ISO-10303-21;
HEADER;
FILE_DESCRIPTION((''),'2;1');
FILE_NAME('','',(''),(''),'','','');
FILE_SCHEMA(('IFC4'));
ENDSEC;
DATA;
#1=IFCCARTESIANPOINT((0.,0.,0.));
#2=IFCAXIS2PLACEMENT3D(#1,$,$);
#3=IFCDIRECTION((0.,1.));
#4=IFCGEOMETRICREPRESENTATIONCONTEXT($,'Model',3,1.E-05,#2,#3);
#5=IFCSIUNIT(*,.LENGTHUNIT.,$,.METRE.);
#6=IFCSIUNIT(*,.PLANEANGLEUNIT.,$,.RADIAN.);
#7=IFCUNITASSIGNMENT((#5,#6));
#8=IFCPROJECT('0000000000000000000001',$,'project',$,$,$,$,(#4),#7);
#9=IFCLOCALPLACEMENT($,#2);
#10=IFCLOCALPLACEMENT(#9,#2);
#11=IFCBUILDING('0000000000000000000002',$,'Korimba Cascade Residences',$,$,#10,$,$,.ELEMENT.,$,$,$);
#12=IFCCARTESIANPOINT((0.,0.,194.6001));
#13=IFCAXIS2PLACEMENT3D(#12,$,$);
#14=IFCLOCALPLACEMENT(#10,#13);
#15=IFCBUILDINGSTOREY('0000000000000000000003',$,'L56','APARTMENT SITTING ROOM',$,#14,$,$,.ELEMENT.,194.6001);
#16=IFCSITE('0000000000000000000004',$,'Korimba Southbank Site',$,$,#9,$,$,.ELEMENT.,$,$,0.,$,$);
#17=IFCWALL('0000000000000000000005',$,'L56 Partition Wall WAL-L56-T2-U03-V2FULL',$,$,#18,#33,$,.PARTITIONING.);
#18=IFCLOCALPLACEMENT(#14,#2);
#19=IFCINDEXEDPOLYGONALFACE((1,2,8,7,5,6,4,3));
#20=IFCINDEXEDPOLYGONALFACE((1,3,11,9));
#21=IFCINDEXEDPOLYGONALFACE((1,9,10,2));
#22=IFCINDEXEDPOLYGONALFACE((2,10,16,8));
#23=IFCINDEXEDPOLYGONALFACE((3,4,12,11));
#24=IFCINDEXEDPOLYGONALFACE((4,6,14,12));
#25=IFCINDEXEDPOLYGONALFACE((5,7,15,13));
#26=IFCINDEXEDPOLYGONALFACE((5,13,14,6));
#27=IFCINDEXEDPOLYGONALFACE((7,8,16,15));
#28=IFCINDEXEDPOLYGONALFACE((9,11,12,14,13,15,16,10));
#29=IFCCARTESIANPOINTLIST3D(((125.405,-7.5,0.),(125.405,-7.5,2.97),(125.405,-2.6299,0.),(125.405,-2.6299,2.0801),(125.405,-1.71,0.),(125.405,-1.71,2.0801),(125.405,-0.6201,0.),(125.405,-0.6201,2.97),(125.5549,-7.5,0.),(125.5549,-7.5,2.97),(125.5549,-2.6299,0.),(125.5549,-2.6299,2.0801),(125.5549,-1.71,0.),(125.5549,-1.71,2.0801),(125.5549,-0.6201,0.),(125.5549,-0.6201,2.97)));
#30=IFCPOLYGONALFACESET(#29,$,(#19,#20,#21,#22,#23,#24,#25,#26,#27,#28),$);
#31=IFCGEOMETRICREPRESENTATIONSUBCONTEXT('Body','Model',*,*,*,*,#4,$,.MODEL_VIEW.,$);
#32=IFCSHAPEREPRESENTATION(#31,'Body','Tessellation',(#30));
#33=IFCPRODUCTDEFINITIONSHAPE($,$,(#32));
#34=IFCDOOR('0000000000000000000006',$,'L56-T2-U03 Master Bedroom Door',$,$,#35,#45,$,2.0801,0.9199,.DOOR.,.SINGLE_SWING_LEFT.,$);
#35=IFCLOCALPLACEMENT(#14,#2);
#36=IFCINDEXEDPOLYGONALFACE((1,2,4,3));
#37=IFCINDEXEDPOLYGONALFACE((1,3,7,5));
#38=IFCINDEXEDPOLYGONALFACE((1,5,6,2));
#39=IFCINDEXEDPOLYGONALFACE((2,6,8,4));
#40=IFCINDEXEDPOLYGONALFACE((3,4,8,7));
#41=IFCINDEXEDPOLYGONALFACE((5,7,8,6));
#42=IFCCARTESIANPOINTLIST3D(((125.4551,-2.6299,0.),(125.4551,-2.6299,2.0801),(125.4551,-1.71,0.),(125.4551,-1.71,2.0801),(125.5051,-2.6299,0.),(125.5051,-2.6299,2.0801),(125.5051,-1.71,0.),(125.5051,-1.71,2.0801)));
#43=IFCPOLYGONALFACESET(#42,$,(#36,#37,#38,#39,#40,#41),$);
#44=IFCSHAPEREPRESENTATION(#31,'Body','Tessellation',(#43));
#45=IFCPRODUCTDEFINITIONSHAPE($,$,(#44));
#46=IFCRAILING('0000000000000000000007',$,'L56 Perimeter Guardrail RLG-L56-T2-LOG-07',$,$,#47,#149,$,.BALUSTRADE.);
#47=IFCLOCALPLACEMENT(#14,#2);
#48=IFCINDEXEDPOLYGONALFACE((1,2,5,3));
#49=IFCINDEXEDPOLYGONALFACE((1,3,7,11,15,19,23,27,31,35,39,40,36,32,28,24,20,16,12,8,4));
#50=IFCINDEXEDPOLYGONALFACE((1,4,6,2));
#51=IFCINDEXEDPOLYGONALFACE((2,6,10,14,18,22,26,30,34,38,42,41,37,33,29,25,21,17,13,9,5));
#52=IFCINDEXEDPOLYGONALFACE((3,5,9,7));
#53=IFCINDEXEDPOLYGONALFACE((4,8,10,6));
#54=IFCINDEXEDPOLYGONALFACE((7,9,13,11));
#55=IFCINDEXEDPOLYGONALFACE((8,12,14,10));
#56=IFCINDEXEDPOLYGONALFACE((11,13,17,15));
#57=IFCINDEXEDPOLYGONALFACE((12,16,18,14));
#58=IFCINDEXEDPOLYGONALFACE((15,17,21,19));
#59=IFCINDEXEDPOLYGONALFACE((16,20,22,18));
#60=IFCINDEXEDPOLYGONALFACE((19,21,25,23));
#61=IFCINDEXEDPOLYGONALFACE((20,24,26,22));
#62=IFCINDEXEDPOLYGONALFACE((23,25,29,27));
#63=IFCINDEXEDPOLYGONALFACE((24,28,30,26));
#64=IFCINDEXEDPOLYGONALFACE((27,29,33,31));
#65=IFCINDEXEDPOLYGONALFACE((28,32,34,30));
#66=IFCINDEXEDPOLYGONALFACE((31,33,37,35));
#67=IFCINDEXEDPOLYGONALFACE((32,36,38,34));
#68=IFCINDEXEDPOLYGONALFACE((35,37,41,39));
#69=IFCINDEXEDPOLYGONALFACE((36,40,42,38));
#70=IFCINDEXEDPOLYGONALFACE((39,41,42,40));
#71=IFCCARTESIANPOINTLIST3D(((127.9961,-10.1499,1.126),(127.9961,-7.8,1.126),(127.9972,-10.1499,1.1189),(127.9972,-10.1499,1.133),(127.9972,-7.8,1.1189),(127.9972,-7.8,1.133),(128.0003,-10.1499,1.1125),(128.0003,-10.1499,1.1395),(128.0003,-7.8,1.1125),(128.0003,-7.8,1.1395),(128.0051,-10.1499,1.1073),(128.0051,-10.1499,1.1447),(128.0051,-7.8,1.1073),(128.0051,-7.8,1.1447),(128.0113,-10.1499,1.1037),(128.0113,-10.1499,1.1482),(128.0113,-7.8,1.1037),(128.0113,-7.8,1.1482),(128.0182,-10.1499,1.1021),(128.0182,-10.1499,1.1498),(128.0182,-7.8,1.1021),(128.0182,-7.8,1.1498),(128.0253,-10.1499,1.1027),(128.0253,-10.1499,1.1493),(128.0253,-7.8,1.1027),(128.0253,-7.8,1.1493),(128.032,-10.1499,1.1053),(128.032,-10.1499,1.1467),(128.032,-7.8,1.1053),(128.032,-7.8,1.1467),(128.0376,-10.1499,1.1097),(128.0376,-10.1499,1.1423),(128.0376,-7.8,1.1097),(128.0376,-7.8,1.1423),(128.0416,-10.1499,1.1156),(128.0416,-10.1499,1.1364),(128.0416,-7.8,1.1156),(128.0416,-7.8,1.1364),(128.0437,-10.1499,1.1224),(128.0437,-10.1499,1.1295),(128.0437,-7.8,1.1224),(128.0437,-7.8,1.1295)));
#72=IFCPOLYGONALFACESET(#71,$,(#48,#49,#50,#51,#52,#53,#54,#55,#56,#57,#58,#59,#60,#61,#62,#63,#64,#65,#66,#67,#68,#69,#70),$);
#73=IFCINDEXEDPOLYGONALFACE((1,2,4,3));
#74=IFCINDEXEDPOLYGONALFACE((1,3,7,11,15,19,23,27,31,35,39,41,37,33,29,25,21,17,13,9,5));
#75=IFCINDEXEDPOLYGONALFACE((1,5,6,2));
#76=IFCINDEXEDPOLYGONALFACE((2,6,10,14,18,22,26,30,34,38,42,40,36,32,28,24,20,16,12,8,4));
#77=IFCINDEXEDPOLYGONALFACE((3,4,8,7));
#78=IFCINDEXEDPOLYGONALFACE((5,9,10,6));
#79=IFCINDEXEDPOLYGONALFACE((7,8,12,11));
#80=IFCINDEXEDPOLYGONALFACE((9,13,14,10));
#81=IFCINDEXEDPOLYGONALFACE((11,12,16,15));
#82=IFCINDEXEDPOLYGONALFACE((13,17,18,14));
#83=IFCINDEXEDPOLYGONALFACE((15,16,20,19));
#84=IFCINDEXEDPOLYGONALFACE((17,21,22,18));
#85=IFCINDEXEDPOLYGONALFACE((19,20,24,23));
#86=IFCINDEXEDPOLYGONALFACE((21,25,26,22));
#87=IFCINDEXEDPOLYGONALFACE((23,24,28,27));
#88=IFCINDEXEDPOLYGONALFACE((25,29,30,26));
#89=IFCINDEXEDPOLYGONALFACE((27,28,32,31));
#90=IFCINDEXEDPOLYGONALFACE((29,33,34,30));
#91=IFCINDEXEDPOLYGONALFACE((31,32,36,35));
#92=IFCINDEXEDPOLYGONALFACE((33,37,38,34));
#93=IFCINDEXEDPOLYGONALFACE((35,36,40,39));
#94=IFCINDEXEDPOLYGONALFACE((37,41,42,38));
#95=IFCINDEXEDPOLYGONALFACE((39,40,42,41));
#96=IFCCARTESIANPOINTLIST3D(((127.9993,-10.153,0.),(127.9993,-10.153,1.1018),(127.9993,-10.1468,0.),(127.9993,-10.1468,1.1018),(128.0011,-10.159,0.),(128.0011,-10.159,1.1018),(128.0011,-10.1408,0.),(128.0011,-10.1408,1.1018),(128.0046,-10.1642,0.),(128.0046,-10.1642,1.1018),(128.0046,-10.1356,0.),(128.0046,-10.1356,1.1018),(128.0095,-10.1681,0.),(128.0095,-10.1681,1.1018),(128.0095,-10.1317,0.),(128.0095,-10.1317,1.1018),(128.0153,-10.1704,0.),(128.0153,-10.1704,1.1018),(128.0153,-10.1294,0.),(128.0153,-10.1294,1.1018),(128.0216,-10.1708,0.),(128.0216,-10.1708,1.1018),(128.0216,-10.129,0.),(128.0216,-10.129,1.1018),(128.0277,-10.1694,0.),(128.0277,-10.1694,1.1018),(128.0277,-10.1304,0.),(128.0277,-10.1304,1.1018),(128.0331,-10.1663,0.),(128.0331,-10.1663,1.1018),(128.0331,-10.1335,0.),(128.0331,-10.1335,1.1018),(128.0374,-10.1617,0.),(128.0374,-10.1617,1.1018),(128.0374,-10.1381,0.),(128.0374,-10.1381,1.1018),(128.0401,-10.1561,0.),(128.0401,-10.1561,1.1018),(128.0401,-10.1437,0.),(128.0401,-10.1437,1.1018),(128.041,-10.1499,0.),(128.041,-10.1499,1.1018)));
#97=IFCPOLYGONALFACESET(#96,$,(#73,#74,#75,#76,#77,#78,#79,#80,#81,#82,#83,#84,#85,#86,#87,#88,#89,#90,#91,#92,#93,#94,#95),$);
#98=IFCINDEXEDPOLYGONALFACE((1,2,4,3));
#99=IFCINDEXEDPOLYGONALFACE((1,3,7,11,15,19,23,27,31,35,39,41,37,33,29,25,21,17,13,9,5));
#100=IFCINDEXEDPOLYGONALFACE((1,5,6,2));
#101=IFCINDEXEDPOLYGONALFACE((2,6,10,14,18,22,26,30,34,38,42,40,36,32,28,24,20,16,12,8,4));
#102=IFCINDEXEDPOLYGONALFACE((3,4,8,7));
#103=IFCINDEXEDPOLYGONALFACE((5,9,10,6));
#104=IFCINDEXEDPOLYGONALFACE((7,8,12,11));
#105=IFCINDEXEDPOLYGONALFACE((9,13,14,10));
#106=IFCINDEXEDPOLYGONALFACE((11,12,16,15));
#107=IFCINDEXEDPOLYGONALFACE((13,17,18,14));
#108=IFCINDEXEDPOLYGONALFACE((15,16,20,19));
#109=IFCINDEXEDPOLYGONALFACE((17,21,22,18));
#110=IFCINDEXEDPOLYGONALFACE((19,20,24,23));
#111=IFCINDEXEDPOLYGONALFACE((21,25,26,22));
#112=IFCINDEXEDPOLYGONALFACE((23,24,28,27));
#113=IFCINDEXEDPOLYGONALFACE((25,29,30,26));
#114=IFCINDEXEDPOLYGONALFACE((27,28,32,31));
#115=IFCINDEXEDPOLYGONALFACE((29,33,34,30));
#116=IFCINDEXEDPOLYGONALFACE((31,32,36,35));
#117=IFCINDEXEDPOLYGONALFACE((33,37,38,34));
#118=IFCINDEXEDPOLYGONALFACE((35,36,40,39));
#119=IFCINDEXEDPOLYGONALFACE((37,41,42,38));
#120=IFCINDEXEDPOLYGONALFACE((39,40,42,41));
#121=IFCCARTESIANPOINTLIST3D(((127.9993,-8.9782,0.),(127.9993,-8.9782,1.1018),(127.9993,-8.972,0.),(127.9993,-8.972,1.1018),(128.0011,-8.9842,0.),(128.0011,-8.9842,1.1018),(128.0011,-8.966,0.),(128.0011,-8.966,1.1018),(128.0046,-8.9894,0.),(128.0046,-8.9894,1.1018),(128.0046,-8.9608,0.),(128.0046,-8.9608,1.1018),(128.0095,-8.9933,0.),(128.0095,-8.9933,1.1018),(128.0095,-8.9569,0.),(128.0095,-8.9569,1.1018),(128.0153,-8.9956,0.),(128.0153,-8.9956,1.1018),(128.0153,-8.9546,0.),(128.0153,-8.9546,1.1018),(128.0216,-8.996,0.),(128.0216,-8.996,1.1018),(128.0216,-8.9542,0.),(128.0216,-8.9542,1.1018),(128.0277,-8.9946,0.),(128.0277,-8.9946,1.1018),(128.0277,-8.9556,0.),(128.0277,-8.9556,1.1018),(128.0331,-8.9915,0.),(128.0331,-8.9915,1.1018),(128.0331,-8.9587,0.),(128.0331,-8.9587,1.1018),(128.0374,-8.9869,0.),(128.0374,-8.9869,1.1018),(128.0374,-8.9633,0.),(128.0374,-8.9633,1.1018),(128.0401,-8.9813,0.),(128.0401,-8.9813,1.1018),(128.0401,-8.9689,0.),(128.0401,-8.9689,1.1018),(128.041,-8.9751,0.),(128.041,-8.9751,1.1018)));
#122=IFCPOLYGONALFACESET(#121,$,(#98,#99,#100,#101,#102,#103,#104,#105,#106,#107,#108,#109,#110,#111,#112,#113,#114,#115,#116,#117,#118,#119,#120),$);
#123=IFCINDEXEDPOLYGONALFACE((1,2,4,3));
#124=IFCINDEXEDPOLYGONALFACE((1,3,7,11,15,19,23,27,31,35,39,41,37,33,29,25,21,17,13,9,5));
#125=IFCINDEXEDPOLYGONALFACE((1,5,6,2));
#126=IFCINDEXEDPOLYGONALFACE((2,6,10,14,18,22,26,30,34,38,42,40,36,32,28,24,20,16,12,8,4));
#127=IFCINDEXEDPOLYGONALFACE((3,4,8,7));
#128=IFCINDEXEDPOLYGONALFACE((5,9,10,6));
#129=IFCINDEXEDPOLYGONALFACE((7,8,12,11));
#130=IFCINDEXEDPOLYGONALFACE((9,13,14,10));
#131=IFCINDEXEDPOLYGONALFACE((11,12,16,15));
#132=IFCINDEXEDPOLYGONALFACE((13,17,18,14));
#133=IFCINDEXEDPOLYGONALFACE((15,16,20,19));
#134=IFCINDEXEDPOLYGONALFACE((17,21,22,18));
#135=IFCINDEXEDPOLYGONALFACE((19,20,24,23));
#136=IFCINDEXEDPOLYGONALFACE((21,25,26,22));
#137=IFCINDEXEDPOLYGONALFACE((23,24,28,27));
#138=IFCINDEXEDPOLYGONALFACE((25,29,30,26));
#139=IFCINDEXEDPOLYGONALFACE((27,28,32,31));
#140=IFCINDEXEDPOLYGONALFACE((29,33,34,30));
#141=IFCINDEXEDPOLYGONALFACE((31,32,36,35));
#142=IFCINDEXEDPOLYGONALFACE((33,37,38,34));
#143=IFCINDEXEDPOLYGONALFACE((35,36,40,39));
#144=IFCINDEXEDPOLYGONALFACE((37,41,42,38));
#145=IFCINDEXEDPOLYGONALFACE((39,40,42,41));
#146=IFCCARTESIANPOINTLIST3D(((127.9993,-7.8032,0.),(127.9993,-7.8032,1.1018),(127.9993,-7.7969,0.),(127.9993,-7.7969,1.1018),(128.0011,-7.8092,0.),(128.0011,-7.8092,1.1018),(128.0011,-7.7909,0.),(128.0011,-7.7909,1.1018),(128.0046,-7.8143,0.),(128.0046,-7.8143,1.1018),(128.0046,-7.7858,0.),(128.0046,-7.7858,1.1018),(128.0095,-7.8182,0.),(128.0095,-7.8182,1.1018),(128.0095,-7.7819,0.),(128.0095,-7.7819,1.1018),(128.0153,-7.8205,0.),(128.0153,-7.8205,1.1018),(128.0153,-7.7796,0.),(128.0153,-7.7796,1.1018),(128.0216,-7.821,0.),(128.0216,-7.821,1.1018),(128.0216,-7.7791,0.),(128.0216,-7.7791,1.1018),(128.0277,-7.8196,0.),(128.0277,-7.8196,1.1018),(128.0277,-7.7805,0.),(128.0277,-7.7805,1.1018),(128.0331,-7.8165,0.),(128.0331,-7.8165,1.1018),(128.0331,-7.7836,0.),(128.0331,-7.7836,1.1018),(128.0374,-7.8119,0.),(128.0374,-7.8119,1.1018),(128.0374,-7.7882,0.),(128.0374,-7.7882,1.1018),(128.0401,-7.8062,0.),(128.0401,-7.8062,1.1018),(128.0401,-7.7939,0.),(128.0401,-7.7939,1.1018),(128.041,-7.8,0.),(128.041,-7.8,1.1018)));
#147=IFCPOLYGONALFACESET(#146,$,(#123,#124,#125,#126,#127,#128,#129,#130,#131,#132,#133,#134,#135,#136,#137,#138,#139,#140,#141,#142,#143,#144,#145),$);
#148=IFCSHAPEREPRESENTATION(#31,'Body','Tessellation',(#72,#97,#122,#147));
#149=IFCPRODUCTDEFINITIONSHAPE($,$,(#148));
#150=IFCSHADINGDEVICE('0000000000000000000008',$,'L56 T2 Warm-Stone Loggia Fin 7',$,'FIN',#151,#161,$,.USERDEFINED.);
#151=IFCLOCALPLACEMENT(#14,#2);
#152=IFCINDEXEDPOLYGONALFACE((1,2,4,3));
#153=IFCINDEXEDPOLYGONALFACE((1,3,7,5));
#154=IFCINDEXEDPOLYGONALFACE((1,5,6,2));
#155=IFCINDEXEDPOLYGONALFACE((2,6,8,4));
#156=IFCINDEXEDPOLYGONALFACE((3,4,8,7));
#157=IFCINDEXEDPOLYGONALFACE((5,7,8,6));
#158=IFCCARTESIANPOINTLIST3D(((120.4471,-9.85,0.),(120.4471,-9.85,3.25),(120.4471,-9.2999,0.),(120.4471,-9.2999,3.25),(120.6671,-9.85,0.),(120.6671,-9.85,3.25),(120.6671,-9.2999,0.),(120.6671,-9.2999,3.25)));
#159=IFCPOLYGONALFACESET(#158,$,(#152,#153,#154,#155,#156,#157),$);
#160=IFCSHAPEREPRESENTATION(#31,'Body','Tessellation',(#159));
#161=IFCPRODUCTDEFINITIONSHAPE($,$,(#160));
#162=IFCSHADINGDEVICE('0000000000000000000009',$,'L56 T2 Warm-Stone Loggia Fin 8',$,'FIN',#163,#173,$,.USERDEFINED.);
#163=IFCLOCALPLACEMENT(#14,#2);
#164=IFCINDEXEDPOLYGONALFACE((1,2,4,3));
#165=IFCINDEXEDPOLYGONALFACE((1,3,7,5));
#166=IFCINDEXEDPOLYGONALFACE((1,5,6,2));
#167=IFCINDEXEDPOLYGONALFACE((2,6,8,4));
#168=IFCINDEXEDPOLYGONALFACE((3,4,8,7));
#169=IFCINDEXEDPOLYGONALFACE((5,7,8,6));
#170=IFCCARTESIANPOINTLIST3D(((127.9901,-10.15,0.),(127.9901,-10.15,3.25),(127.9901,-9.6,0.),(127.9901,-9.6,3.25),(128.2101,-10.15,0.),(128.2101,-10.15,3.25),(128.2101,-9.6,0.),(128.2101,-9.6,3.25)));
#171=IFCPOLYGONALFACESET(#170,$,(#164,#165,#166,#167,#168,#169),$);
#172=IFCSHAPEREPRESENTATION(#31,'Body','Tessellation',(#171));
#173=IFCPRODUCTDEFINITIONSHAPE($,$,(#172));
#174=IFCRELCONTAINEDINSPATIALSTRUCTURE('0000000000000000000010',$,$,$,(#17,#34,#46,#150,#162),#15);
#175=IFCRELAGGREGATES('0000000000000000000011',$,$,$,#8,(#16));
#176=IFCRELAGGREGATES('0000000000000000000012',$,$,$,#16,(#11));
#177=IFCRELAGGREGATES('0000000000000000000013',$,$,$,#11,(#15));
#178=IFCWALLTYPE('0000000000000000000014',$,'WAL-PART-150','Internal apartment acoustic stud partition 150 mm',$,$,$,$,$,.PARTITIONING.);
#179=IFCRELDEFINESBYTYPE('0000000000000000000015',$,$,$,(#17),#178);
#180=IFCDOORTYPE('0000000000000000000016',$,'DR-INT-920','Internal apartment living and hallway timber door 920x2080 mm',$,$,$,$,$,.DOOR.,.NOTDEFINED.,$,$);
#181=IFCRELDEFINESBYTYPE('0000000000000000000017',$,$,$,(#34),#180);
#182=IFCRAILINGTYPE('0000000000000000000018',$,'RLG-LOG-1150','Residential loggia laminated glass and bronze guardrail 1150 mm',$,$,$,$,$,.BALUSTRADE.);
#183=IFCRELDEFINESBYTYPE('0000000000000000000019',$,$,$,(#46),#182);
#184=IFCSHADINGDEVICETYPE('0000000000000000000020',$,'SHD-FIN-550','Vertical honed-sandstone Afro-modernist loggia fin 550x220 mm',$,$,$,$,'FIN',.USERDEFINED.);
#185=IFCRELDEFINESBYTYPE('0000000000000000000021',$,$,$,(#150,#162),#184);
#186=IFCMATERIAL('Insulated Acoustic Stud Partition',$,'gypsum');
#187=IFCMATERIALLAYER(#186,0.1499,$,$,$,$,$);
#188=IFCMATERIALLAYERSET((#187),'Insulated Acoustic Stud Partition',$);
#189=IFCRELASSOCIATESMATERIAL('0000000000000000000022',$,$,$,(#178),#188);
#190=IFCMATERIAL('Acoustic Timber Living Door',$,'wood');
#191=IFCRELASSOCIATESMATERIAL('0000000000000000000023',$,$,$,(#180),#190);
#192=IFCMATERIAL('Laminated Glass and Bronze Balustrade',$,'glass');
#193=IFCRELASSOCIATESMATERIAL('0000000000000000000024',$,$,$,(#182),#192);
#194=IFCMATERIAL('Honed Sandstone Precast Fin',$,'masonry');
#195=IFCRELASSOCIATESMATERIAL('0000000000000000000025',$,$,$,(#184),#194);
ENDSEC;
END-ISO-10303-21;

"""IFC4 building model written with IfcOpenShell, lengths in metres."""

from ifc_helpers import new_model, si_unit, direction, frame, frame_2d, origin, origin_2d, place, context, subcontext, project, spatial, rectangle, circle, extrude, material, layer, layer_set, type_object, element, fill, save


model = new_model("IFC4")

# Units and contexts
model_context = context("Model", 3, precision=1e-05, world=origin(), true_north=direction((0.0, 1.0)))
body_context = subcontext(model_context, "Body", "Model", "MODEL_VIEW")
ifc_project = project(units=[si_unit("LENGTHUNIT", "METRE"), si_unit("PLANEANGLEUNIT", "RADIAN")], contexts=[model_context])

# Site, building, storey
site_placement = place(None, origin())
site = spatial("IfcSite", under=ifc_project, at=site_placement, Name="Korimba Southbank Site", CompositionType="ELEMENT", RefElevation=0.0)
building_placement = place(site_placement, origin())
building = spatial("IfcBuilding", under=site, at=building_placement, Name="Korimba Cascade Residences", CompositionType="ELEMENT")
storey_placement = place(building_placement, frame((0.0, 0.0, 194.6001)))
storey = spatial("IfcBuildingStorey", under=building, at=storey_placement, Name="L56", Description="APARTMENT SITTING ROOM", CompositionType="ELEMENT", Elevation=194.6001)

# Shared definitions
ifc_material_1 = material(Name="Insulated Acoustic Stud Partition", Category="gypsum")
ifc_layer_1 = layer(ifc_material_1, 0.1499)
ifc_layer_set_1 = layer_set([ifc_layer_1], Name="Insulated Acoustic Stud Partition")
wall_type_1 = type_object("IfcWallType", Name="WAL-PART-150", Description="Internal apartment acoustic stud partition 150 mm", PredefinedType="PARTITIONING", material=ifc_layer_set_1)

# Wall, opening, door
wall_1_placement = place(storey_placement, frame((125.48, -7.5, 0.0), z_axis=(0.0, 0.0, 1.0), x_axis=(0.0, 1.0, 0.0)))
wall_1 = element("IfcWall", 1, at=wall_1_placement, inside=storey, type_object=wall_type_1, Name="L56 Partition Wall WAL-L56-T2-U03-V2FULL", PredefinedType="PARTITIONING", context=body_context, shape_type="SweptSolid", body=[
    extrude(rectangle(XDim=6.8799, YDim=0.1499, at=frame_2d((3.4399, 0.0))), origin(), (0.0, 0.0, 1.0), 2.97),
])
opening_placement = place(wall_1_placement, frame((4.8701, 0.0, 0.0)))
opening = element("IfcOpeningElement", 2, at=opening_placement, cuts=wall_1, PredefinedType="OPENING", context=body_context, shape_type="SweptSolid", body=[
    extrude(rectangle(XDim=0.9199, YDim=2.0801, at=frame_2d((0.46, 1.04))), frame((0.0, 0.085, 0.0), z_axis=(0.0, -1.0, 0.0), x_axis=(1.0, 0.0, 0.0)), (0.0, 0.0, 1.0), 0.1699),
])
ifc_material_2 = material(Name="Acoustic Timber Living Door", Category="wood")
door_type = type_object("IfcDoorType", Name="DR-INT-920", Description="Internal apartment living and hallway timber door 920x2080 mm", OperationType="NOTDEFINED", PredefinedType="DOOR", material=ifc_material_2)
door_placement = place(opening_placement, origin())
door = element("IfcDoor", 3, at=door_placement, inside=storey, type_object=door_type, Name="L56-T2-U03 Master Bedroom Door", OperationType="SINGLE_SWING_LEFT", OverallHeight=2.0801, OverallWidth=0.9199, PredefinedType="DOOR", context=body_context, shape_type="SweptSolid", body=[
    extrude(rectangle(XDim=0.9199, YDim=2.0801, at=frame_2d((0.46, 1.04))), frame((0.0, 0.0249, 0.0), z_axis=(0.0, -1.0, 0.0), x_axis=(1.0, 0.0, 0.0)), (0.0, 0.0, 1.0), 0.05),
])
fill(opening, door)

# Railing
ifc_material_3 = material(Name="Laminated Glass and Bronze Balustrade", Category="glass")
railing_type = type_object("IfcRailingType", Name="RLG-LOG-1150", Description="Residential loggia laminated glass and bronze guardrail 1150 mm", PredefinedType="BALUSTRADE", material=ifc_material_3)
railing_1_placement = place(storey_placement, frame((128.02, -10.1499, 0.0)))
element("IfcRailing", 4, at=railing_1_placement, inside=storey, type_object=railing_type, Name="L56 Perimeter Guardrail RLG-L56-T2-LOG-07", PredefinedType="BALUSTRADE", context=body_context, shape_type="SweptSolid", body=[
    extrude(circle(Radius=0.0239, at=origin_2d()), frame((0.0, 0.0, 1.126), z_axis=(0.0, 1.0, 0.0), x_axis=(-1.0, 0.0, 0.0)), (0.0, 0.0, 1.0), 2.3499),
    extrude(circle(Radius=0.021, at=origin_2d()), origin(), (0.0, 0.0, 1.0), 1.1018),
    extrude(circle(Radius=0.021, at=origin_2d()), frame((0.0, 1.1748, 0.0)), (0.0, 0.0, 1.0), 1.1018),
    extrude(circle(Radius=0.021, at=origin_2d()), frame((0.0, 2.3499, 0.0)), (0.0, 0.0, 1.0), 1.1018),
])

# Shading devices
ifc_material_4 = material(Name="Honed Sandstone Precast Fin", Category="masonry")
shading_device_type = type_object("IfcShadingDeviceType", Name="SHD-FIN-550", Description="Vertical honed-sandstone Afro-modernist loggia fin 550x220 mm", ElementType="FIN", PredefinedType="USERDEFINED", material=ifc_material_4)
for number, where, z_axis, x_axis, name in (
    (5, (120.5571, -9.575, 0.0), (0.0, 0.0, 1.0), (1.0, 0.0, 0.0), "L56 T2 Warm-Stone Loggia Fin 7"),
    (6, (128.1001, -9.875, 0.0), (0.0, 0.0, 1.0), (1.0, 0.0, 0.0), "L56 T2 Warm-Stone Loggia Fin 8"),
):
    element("IfcShadingDevice", number, at=place(storey_placement, frame(where, z_axis=z_axis, x_axis=x_axis)), inside=storey, type_object=shading_device_type, Name=name, ObjectType="FIN", PredefinedType="USERDEFINED", context=body_context, shape_type="SweptSolid", body=[
        extrude(rectangle(XDim=0.22, YDim=0.55, at=origin_2d()), origin(), (0.0, 0.0, 1.0), 3.25),
    ])

save(model, "model.ifc")
